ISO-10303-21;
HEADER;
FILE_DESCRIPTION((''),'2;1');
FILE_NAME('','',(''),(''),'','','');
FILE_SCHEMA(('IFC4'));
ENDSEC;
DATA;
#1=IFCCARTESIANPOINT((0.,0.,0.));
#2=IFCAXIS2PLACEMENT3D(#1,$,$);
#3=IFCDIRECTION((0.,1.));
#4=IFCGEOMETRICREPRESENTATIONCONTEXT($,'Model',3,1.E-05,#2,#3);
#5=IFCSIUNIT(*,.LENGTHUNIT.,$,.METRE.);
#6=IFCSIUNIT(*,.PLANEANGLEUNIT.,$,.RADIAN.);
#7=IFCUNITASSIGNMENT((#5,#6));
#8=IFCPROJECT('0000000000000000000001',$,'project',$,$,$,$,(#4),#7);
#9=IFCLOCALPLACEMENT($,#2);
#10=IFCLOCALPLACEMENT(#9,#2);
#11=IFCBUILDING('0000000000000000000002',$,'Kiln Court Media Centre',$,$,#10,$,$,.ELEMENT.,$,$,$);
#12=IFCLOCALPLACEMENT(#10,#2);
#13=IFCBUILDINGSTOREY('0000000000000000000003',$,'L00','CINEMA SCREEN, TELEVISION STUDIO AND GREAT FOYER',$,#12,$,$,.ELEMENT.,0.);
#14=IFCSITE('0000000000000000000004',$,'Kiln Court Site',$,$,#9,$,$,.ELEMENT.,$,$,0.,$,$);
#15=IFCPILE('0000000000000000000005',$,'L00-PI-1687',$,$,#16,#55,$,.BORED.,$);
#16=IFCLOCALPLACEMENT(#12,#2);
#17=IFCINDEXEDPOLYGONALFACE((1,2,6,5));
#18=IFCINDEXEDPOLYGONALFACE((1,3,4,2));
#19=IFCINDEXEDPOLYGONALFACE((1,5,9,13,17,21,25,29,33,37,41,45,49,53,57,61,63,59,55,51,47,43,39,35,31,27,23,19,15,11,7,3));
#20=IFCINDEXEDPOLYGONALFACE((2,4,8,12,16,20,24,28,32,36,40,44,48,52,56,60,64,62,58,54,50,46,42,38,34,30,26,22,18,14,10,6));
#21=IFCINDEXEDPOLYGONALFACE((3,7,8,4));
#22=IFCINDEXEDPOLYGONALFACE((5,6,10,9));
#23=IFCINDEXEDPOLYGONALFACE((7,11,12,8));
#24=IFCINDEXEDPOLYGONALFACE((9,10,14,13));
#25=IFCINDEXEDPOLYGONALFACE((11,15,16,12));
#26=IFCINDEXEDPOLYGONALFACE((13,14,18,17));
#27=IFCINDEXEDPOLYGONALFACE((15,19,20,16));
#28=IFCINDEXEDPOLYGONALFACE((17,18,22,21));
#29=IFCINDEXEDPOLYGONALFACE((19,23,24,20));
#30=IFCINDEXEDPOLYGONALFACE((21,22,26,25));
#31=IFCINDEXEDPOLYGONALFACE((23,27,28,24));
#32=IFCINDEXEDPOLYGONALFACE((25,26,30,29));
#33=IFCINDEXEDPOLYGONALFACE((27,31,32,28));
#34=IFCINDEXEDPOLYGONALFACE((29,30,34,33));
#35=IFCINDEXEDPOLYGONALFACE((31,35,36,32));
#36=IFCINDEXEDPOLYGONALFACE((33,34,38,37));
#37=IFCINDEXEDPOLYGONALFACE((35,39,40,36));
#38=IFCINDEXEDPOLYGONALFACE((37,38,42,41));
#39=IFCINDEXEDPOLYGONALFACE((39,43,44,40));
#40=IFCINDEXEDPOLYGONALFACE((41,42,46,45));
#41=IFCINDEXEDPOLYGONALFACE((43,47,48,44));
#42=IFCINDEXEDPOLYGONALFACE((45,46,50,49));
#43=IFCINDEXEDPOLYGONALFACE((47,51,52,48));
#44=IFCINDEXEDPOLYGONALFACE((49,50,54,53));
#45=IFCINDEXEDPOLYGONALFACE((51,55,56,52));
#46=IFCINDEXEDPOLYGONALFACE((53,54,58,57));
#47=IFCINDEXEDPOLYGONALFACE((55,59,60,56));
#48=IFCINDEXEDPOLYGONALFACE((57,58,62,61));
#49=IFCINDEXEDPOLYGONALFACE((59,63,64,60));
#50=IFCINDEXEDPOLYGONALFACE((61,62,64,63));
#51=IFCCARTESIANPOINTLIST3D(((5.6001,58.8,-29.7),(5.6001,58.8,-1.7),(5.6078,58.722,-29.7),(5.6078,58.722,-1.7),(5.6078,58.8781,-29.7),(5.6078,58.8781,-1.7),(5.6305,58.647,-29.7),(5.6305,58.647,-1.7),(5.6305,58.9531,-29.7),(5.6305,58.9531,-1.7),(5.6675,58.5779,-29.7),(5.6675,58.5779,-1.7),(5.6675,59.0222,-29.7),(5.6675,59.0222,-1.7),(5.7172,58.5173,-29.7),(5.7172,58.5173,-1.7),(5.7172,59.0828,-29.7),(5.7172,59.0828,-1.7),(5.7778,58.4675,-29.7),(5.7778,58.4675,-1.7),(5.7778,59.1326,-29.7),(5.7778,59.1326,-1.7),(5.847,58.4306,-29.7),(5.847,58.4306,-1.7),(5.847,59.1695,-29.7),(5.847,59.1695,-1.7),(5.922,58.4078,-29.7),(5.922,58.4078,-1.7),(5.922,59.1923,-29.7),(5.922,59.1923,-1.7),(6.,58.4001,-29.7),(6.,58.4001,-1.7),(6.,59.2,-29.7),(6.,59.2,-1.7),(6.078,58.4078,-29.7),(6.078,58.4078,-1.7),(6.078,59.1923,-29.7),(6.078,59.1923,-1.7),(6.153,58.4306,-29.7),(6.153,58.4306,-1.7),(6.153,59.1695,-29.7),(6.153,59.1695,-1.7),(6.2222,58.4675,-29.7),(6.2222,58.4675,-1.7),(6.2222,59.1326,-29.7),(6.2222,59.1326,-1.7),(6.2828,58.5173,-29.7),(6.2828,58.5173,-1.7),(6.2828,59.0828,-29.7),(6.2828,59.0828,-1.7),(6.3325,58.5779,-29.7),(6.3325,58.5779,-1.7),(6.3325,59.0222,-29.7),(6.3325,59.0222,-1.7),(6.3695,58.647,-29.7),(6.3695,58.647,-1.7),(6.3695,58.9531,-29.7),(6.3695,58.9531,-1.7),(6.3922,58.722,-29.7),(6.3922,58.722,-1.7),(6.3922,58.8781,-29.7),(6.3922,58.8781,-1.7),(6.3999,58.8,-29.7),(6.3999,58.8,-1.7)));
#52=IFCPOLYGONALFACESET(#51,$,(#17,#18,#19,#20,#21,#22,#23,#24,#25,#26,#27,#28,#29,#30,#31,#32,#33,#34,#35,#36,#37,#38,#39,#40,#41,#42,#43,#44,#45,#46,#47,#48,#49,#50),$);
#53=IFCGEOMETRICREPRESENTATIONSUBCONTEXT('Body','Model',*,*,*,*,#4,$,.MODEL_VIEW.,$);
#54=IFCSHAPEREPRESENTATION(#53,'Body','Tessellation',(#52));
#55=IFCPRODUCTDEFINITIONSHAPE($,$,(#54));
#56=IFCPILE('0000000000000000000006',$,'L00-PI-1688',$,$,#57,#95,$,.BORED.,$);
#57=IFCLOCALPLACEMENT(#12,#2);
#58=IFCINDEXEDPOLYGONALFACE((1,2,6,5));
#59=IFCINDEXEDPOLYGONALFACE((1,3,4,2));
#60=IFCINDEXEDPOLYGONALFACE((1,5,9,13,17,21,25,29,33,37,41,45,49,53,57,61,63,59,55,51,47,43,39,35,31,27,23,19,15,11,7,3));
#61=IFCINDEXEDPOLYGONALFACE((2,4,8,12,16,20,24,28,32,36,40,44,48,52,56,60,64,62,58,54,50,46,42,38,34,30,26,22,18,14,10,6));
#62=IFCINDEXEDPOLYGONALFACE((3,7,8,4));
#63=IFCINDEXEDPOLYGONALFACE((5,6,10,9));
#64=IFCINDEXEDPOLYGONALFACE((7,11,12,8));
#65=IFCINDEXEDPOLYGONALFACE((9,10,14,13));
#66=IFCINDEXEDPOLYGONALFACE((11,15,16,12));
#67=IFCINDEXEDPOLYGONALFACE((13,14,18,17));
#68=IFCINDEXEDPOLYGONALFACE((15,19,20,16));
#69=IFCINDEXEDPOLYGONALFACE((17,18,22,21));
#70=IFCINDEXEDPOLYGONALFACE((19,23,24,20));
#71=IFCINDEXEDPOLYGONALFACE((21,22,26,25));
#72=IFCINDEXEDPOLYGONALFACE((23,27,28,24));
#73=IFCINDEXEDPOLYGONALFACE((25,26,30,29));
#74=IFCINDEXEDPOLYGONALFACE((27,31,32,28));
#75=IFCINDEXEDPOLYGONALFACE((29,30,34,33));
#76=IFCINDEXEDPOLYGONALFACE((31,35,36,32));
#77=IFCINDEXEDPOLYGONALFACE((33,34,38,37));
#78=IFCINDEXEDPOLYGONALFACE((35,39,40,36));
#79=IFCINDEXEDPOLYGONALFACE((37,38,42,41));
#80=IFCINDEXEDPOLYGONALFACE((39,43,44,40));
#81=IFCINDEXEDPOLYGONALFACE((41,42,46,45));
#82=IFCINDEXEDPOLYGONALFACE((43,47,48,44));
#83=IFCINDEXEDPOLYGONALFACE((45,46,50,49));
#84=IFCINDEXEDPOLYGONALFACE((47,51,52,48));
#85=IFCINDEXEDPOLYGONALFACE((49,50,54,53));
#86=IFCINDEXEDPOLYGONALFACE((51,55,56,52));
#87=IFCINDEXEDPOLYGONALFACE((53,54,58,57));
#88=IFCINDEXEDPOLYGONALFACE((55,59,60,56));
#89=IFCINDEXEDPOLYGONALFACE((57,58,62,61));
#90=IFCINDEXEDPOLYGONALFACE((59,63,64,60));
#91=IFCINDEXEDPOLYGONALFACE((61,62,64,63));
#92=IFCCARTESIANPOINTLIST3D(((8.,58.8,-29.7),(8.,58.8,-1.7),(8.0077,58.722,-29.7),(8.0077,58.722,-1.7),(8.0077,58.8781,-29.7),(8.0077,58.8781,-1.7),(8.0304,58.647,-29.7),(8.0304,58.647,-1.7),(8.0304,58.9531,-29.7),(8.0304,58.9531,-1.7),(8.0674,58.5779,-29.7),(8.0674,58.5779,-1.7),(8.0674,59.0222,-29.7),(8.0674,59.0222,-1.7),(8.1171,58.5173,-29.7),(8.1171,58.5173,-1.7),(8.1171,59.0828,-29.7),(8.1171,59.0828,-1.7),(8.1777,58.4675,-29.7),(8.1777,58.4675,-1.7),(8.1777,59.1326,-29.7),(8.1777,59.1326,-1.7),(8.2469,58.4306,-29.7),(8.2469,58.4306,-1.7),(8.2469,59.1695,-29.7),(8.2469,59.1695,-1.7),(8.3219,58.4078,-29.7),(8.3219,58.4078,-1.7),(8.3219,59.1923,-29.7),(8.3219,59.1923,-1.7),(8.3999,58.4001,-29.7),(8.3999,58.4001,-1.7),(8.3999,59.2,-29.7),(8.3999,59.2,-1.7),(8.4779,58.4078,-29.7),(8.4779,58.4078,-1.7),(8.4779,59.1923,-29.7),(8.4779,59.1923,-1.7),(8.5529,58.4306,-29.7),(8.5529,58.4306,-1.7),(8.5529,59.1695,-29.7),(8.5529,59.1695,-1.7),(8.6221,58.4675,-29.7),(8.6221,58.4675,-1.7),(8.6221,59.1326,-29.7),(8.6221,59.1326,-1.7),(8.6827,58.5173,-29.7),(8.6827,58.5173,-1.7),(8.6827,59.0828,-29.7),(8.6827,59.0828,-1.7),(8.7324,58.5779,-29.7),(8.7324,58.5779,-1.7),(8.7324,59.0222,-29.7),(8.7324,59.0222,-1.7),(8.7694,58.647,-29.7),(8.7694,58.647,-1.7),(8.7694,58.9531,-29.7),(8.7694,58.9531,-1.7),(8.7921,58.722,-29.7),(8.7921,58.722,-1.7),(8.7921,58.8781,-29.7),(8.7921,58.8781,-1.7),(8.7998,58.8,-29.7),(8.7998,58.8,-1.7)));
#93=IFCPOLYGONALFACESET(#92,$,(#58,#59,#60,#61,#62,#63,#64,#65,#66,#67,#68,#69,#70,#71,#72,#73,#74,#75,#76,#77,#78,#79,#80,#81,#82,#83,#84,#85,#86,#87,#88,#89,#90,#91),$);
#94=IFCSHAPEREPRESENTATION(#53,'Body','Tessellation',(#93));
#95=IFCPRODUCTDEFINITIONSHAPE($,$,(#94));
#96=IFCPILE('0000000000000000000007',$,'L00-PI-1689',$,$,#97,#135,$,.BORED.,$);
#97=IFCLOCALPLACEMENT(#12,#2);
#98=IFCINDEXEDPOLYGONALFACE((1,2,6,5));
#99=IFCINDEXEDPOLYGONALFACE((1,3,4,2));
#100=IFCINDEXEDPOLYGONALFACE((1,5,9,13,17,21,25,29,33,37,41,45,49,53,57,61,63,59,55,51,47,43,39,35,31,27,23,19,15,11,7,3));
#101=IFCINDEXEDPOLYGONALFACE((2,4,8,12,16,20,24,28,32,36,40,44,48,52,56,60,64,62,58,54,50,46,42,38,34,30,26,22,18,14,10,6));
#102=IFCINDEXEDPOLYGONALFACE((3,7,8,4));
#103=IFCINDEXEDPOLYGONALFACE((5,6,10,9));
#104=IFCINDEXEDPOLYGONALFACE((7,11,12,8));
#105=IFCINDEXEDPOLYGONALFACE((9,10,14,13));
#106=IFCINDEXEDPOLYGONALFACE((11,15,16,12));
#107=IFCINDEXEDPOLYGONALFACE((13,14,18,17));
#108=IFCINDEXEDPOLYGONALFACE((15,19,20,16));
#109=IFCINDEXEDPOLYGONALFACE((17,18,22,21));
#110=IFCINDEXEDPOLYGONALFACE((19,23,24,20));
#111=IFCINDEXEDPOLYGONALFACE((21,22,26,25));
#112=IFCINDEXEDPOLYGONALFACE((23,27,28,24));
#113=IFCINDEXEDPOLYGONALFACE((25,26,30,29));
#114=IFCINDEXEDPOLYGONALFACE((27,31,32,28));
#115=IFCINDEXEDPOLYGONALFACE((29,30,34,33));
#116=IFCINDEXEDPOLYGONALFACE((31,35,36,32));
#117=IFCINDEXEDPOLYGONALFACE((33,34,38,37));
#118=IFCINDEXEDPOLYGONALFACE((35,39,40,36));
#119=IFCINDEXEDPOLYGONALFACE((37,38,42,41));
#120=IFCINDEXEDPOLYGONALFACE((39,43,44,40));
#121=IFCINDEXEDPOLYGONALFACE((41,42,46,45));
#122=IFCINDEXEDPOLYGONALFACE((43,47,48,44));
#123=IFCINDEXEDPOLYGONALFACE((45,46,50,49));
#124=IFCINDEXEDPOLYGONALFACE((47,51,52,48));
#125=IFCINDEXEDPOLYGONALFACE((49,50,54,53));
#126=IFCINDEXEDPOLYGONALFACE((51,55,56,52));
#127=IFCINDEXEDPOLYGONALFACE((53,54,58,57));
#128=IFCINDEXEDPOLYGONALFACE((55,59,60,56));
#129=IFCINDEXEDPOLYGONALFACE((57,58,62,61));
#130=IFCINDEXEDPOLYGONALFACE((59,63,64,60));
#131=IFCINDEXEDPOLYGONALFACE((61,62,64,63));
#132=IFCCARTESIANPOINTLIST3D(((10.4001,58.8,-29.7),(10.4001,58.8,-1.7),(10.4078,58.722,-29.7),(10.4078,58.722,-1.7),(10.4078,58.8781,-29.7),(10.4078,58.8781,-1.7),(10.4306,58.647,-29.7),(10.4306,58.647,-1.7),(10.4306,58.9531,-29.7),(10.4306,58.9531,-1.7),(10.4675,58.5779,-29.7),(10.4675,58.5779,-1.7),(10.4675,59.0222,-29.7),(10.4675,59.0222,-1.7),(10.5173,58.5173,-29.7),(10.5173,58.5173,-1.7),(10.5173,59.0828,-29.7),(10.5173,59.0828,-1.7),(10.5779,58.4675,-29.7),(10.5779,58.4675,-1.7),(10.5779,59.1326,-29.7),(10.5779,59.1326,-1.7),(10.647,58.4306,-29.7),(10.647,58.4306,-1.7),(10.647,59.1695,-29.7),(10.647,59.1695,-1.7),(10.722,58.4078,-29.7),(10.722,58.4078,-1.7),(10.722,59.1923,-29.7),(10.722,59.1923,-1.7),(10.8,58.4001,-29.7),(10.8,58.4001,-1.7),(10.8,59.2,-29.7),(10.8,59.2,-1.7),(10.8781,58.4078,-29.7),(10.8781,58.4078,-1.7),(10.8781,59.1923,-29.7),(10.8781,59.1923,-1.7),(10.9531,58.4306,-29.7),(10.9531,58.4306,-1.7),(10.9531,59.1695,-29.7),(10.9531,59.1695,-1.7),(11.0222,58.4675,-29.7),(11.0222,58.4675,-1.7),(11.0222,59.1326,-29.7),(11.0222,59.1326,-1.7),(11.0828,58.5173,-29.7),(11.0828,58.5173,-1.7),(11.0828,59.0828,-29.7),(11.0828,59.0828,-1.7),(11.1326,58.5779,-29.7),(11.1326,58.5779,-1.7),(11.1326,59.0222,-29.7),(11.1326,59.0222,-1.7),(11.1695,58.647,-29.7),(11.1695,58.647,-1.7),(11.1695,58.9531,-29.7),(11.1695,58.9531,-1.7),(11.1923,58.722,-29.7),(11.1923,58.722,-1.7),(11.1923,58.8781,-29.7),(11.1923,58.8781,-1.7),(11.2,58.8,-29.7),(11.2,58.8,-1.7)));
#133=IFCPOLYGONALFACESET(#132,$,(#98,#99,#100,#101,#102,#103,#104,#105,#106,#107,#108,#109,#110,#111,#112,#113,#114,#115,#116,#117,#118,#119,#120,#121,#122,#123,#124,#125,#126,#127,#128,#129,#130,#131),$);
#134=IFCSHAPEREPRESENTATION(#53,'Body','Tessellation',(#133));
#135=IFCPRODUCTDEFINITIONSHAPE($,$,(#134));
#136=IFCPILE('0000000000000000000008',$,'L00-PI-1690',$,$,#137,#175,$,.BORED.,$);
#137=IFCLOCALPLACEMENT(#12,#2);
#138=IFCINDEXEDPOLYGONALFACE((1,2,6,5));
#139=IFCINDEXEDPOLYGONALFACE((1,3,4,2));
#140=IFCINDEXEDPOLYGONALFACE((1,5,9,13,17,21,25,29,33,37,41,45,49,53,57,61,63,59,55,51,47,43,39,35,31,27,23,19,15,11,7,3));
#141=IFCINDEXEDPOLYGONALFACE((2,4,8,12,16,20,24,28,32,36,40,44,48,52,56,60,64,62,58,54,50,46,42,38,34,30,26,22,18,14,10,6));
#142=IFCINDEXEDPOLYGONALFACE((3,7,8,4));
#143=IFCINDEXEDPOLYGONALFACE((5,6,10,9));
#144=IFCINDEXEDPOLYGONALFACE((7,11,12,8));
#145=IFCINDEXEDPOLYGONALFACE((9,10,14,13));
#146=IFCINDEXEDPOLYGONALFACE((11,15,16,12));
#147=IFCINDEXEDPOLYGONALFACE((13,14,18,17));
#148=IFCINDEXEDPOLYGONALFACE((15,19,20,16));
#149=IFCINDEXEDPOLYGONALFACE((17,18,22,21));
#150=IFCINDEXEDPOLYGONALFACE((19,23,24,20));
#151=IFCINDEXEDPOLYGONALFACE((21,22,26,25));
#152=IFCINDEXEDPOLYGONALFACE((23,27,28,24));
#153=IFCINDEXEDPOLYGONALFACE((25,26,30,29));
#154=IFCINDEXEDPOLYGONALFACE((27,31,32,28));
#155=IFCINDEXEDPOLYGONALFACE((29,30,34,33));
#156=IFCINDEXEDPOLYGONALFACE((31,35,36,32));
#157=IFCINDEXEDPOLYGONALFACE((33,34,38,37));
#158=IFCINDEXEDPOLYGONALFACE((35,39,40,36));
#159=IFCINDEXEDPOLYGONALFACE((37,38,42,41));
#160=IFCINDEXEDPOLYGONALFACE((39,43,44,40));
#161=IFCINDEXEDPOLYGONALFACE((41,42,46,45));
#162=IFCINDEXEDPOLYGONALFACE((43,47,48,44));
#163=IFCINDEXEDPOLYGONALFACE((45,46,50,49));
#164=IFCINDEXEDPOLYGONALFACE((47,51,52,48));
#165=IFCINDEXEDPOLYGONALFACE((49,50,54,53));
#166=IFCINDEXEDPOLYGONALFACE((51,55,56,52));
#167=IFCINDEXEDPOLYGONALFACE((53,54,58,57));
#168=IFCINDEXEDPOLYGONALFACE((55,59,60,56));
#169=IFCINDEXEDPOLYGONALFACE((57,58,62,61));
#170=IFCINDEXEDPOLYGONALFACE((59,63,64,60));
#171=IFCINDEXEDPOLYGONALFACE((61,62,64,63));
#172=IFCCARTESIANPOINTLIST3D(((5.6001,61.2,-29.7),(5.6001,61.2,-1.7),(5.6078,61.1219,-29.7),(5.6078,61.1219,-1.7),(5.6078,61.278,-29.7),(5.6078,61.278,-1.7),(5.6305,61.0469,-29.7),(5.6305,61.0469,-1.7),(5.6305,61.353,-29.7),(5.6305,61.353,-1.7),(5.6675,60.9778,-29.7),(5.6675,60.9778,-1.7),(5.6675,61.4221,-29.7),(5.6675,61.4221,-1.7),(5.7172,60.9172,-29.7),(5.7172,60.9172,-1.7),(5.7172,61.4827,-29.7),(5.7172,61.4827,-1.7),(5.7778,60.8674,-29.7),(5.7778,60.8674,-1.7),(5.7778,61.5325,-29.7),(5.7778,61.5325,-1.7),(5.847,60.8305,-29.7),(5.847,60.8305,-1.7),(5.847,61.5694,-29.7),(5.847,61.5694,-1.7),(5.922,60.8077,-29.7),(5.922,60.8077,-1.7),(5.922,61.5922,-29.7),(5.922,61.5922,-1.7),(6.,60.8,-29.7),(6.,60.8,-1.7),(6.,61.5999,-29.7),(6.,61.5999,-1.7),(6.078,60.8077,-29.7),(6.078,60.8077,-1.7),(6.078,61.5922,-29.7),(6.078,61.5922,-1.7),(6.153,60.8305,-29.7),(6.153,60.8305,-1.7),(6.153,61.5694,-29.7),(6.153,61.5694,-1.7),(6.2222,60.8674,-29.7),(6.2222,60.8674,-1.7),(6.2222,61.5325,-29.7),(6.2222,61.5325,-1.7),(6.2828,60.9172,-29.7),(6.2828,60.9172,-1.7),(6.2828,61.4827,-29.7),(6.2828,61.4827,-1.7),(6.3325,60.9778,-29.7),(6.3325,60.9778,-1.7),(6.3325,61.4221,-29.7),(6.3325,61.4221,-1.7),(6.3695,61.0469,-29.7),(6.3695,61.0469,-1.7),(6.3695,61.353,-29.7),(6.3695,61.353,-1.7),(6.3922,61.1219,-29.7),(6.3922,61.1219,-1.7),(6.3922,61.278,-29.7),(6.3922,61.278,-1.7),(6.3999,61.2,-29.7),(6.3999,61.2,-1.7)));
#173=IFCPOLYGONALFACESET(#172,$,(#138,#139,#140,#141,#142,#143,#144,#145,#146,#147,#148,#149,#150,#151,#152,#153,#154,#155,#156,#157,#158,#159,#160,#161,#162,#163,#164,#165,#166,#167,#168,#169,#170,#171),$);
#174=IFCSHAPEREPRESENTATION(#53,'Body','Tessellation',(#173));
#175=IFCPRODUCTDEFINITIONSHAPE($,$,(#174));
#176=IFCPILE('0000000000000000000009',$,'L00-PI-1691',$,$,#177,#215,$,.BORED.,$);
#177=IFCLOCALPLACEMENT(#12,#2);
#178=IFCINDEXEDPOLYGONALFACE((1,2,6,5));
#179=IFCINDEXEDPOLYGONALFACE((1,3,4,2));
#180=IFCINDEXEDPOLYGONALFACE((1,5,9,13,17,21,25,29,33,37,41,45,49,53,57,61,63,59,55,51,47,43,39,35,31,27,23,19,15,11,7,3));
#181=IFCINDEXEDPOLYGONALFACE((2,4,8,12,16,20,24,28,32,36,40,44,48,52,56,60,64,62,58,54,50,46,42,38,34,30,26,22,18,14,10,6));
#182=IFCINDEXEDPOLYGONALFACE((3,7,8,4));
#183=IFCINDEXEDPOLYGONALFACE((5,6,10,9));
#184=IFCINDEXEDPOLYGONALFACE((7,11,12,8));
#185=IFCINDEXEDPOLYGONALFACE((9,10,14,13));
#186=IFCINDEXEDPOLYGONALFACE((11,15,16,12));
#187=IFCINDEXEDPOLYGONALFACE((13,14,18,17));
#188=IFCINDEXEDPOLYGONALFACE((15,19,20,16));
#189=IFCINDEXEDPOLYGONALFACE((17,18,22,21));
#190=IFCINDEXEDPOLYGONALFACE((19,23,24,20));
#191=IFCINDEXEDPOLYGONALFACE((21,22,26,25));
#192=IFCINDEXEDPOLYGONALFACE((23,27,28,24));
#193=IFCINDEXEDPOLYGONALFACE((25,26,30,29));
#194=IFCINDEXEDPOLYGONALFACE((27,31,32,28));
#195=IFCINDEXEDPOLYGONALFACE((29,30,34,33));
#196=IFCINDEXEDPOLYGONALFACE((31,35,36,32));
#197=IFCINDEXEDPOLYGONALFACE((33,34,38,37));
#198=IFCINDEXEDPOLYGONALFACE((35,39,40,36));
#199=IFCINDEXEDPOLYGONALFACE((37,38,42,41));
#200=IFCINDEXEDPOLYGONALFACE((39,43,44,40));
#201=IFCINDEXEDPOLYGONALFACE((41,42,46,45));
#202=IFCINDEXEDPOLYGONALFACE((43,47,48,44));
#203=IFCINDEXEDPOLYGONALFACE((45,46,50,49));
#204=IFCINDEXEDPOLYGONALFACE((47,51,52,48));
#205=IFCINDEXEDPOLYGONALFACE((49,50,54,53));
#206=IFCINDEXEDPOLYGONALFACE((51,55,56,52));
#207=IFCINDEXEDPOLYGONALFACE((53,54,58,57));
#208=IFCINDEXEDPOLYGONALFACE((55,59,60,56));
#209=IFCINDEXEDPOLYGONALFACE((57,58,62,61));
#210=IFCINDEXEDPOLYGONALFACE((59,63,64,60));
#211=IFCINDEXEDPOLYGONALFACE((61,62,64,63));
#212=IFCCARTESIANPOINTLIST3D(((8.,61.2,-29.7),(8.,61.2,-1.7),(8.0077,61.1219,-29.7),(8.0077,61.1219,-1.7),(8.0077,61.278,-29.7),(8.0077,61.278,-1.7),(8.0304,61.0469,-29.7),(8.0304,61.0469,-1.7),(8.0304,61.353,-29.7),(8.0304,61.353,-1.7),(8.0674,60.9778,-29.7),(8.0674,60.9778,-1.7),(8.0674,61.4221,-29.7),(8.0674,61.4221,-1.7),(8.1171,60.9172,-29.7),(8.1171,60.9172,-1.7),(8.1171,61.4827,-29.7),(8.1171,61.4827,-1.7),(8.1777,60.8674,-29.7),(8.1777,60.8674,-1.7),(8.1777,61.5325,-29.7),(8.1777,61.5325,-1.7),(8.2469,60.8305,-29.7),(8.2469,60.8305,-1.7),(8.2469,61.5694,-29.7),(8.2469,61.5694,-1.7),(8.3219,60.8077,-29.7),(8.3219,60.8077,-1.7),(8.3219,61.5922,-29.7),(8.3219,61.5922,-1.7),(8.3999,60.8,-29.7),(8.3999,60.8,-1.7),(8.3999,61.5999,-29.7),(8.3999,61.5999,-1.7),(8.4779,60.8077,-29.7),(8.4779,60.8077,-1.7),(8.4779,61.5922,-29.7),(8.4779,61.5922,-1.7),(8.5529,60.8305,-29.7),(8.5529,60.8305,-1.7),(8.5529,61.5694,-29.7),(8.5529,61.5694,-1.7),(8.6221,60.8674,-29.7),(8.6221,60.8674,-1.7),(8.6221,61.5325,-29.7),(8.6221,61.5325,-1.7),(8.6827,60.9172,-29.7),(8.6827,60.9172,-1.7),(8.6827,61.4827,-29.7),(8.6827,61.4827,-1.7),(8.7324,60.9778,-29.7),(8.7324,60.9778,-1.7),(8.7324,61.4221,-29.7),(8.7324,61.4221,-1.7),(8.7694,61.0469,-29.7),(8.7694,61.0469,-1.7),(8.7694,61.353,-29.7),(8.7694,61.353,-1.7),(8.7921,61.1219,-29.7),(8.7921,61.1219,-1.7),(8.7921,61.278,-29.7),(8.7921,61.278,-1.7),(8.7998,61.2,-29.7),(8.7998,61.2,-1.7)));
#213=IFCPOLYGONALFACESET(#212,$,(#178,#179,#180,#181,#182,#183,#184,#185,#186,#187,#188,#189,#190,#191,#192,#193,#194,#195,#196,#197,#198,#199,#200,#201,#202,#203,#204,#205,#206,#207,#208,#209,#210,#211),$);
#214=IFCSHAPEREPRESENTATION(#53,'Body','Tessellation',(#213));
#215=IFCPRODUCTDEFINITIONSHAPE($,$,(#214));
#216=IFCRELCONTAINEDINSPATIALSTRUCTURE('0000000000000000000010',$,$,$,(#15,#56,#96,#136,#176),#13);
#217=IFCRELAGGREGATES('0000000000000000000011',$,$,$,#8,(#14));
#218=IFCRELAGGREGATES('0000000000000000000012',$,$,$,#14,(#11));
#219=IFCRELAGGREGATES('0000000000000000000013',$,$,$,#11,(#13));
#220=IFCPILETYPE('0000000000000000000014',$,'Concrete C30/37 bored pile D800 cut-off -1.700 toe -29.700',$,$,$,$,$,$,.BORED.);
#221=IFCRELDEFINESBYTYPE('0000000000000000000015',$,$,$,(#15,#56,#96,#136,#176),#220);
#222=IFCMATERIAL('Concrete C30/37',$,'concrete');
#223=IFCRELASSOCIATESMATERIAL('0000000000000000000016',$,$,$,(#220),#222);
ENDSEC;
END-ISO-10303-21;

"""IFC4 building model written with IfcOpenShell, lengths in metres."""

from ifc_helpers import new_model, si_unit, direction, frame, origin, origin_2d, place, context, subcontext, project, spatial, circle, extrude, material, material_profile, profile_set, type_object, element, save


model = new_model("IFC4")

# Units and contexts
model_context = context("Model", 3, precision=1e-05, world=origin(), true_north=direction((0.0, 1.0)))
body_context = subcontext(model_context, "Body", "Model", "MODEL_VIEW")
ifc_project = project(units=[si_unit("LENGTHUNIT", "METRE"), si_unit("PLANEANGLEUNIT", "RADIAN")], contexts=[model_context])

# Site, building, storey
site_placement = place(None, origin())
site = spatial("IfcSite", under=ifc_project, at=site_placement, Name="Kiln Court Site", CompositionType="ELEMENT", RefElevation=0.0)
building_placement = place(site_placement, origin())
building = spatial("IfcBuilding", under=site, at=building_placement, Name="Kiln Court Media Centre", CompositionType="ELEMENT")
storey_placement = place(building_placement, origin())
storey = spatial("IfcBuildingStorey", under=building, at=storey_placement, Name="L00", Description="CINEMA SCREEN, TELEVISION STUDIO AND GREAT FOYER", CompositionType="ELEMENT", Elevation=0.0)

# Piles
ifc_material_1 = material(Name="Concrete C30/37", Category="concrete")
ifc_material_profile = material_profile(ifc_material_1, circle(Radius=0.3999, at=origin_2d()), Name="PILE D800")
ifc_profile_set = profile_set([ifc_material_profile], Name="Concrete C30/37")
pile_type = type_object("IfcPileType", Name="Concrete C30/37 bored pile D800 cut-off -1.700 toe -29.700", PredefinedType="BORED", material=ifc_profile_set)
for number, where, z_axis, x_axis, name in (
    (1, (6.0, 58.8, -1.7), (0.0, 0.0, -1.0), (1.0, 0.0, 0.0), "L00-PI-1687"),
    (2, (8.3999, 58.8, -1.7), (0.0, 0.0, -1.0), (1.0, 0.0, 0.0), "L00-PI-1688"),
    (3, (10.8, 58.8, -1.7), (0.0, 0.0, -1.0), (1.0, 0.0, 0.0), "L00-PI-1689"),
    (4, (6.0, 61.2, -1.7), (0.0, 0.0, -1.0), (1.0, 0.0, 0.0), "L00-PI-1690"),
    (5, (8.3999, 61.2, -1.7), (0.0, 0.0, -1.0), (1.0, 0.0, 0.0), "L00-PI-1691"),
):
    element("IfcPile", number, at=place(storey_placement, frame(where, z_axis=z_axis, x_axis=x_axis)), inside=storey, type_object=pile_type, Name=name, PredefinedType="BORED", context=body_context, shape_type="SweptSolid", body=[
        extrude(circle(Radius=0.3999, at=origin_2d()), origin(), (0.0, 0.0, 1.0), 28.0),
    ])

save(model, "model.ifc")
